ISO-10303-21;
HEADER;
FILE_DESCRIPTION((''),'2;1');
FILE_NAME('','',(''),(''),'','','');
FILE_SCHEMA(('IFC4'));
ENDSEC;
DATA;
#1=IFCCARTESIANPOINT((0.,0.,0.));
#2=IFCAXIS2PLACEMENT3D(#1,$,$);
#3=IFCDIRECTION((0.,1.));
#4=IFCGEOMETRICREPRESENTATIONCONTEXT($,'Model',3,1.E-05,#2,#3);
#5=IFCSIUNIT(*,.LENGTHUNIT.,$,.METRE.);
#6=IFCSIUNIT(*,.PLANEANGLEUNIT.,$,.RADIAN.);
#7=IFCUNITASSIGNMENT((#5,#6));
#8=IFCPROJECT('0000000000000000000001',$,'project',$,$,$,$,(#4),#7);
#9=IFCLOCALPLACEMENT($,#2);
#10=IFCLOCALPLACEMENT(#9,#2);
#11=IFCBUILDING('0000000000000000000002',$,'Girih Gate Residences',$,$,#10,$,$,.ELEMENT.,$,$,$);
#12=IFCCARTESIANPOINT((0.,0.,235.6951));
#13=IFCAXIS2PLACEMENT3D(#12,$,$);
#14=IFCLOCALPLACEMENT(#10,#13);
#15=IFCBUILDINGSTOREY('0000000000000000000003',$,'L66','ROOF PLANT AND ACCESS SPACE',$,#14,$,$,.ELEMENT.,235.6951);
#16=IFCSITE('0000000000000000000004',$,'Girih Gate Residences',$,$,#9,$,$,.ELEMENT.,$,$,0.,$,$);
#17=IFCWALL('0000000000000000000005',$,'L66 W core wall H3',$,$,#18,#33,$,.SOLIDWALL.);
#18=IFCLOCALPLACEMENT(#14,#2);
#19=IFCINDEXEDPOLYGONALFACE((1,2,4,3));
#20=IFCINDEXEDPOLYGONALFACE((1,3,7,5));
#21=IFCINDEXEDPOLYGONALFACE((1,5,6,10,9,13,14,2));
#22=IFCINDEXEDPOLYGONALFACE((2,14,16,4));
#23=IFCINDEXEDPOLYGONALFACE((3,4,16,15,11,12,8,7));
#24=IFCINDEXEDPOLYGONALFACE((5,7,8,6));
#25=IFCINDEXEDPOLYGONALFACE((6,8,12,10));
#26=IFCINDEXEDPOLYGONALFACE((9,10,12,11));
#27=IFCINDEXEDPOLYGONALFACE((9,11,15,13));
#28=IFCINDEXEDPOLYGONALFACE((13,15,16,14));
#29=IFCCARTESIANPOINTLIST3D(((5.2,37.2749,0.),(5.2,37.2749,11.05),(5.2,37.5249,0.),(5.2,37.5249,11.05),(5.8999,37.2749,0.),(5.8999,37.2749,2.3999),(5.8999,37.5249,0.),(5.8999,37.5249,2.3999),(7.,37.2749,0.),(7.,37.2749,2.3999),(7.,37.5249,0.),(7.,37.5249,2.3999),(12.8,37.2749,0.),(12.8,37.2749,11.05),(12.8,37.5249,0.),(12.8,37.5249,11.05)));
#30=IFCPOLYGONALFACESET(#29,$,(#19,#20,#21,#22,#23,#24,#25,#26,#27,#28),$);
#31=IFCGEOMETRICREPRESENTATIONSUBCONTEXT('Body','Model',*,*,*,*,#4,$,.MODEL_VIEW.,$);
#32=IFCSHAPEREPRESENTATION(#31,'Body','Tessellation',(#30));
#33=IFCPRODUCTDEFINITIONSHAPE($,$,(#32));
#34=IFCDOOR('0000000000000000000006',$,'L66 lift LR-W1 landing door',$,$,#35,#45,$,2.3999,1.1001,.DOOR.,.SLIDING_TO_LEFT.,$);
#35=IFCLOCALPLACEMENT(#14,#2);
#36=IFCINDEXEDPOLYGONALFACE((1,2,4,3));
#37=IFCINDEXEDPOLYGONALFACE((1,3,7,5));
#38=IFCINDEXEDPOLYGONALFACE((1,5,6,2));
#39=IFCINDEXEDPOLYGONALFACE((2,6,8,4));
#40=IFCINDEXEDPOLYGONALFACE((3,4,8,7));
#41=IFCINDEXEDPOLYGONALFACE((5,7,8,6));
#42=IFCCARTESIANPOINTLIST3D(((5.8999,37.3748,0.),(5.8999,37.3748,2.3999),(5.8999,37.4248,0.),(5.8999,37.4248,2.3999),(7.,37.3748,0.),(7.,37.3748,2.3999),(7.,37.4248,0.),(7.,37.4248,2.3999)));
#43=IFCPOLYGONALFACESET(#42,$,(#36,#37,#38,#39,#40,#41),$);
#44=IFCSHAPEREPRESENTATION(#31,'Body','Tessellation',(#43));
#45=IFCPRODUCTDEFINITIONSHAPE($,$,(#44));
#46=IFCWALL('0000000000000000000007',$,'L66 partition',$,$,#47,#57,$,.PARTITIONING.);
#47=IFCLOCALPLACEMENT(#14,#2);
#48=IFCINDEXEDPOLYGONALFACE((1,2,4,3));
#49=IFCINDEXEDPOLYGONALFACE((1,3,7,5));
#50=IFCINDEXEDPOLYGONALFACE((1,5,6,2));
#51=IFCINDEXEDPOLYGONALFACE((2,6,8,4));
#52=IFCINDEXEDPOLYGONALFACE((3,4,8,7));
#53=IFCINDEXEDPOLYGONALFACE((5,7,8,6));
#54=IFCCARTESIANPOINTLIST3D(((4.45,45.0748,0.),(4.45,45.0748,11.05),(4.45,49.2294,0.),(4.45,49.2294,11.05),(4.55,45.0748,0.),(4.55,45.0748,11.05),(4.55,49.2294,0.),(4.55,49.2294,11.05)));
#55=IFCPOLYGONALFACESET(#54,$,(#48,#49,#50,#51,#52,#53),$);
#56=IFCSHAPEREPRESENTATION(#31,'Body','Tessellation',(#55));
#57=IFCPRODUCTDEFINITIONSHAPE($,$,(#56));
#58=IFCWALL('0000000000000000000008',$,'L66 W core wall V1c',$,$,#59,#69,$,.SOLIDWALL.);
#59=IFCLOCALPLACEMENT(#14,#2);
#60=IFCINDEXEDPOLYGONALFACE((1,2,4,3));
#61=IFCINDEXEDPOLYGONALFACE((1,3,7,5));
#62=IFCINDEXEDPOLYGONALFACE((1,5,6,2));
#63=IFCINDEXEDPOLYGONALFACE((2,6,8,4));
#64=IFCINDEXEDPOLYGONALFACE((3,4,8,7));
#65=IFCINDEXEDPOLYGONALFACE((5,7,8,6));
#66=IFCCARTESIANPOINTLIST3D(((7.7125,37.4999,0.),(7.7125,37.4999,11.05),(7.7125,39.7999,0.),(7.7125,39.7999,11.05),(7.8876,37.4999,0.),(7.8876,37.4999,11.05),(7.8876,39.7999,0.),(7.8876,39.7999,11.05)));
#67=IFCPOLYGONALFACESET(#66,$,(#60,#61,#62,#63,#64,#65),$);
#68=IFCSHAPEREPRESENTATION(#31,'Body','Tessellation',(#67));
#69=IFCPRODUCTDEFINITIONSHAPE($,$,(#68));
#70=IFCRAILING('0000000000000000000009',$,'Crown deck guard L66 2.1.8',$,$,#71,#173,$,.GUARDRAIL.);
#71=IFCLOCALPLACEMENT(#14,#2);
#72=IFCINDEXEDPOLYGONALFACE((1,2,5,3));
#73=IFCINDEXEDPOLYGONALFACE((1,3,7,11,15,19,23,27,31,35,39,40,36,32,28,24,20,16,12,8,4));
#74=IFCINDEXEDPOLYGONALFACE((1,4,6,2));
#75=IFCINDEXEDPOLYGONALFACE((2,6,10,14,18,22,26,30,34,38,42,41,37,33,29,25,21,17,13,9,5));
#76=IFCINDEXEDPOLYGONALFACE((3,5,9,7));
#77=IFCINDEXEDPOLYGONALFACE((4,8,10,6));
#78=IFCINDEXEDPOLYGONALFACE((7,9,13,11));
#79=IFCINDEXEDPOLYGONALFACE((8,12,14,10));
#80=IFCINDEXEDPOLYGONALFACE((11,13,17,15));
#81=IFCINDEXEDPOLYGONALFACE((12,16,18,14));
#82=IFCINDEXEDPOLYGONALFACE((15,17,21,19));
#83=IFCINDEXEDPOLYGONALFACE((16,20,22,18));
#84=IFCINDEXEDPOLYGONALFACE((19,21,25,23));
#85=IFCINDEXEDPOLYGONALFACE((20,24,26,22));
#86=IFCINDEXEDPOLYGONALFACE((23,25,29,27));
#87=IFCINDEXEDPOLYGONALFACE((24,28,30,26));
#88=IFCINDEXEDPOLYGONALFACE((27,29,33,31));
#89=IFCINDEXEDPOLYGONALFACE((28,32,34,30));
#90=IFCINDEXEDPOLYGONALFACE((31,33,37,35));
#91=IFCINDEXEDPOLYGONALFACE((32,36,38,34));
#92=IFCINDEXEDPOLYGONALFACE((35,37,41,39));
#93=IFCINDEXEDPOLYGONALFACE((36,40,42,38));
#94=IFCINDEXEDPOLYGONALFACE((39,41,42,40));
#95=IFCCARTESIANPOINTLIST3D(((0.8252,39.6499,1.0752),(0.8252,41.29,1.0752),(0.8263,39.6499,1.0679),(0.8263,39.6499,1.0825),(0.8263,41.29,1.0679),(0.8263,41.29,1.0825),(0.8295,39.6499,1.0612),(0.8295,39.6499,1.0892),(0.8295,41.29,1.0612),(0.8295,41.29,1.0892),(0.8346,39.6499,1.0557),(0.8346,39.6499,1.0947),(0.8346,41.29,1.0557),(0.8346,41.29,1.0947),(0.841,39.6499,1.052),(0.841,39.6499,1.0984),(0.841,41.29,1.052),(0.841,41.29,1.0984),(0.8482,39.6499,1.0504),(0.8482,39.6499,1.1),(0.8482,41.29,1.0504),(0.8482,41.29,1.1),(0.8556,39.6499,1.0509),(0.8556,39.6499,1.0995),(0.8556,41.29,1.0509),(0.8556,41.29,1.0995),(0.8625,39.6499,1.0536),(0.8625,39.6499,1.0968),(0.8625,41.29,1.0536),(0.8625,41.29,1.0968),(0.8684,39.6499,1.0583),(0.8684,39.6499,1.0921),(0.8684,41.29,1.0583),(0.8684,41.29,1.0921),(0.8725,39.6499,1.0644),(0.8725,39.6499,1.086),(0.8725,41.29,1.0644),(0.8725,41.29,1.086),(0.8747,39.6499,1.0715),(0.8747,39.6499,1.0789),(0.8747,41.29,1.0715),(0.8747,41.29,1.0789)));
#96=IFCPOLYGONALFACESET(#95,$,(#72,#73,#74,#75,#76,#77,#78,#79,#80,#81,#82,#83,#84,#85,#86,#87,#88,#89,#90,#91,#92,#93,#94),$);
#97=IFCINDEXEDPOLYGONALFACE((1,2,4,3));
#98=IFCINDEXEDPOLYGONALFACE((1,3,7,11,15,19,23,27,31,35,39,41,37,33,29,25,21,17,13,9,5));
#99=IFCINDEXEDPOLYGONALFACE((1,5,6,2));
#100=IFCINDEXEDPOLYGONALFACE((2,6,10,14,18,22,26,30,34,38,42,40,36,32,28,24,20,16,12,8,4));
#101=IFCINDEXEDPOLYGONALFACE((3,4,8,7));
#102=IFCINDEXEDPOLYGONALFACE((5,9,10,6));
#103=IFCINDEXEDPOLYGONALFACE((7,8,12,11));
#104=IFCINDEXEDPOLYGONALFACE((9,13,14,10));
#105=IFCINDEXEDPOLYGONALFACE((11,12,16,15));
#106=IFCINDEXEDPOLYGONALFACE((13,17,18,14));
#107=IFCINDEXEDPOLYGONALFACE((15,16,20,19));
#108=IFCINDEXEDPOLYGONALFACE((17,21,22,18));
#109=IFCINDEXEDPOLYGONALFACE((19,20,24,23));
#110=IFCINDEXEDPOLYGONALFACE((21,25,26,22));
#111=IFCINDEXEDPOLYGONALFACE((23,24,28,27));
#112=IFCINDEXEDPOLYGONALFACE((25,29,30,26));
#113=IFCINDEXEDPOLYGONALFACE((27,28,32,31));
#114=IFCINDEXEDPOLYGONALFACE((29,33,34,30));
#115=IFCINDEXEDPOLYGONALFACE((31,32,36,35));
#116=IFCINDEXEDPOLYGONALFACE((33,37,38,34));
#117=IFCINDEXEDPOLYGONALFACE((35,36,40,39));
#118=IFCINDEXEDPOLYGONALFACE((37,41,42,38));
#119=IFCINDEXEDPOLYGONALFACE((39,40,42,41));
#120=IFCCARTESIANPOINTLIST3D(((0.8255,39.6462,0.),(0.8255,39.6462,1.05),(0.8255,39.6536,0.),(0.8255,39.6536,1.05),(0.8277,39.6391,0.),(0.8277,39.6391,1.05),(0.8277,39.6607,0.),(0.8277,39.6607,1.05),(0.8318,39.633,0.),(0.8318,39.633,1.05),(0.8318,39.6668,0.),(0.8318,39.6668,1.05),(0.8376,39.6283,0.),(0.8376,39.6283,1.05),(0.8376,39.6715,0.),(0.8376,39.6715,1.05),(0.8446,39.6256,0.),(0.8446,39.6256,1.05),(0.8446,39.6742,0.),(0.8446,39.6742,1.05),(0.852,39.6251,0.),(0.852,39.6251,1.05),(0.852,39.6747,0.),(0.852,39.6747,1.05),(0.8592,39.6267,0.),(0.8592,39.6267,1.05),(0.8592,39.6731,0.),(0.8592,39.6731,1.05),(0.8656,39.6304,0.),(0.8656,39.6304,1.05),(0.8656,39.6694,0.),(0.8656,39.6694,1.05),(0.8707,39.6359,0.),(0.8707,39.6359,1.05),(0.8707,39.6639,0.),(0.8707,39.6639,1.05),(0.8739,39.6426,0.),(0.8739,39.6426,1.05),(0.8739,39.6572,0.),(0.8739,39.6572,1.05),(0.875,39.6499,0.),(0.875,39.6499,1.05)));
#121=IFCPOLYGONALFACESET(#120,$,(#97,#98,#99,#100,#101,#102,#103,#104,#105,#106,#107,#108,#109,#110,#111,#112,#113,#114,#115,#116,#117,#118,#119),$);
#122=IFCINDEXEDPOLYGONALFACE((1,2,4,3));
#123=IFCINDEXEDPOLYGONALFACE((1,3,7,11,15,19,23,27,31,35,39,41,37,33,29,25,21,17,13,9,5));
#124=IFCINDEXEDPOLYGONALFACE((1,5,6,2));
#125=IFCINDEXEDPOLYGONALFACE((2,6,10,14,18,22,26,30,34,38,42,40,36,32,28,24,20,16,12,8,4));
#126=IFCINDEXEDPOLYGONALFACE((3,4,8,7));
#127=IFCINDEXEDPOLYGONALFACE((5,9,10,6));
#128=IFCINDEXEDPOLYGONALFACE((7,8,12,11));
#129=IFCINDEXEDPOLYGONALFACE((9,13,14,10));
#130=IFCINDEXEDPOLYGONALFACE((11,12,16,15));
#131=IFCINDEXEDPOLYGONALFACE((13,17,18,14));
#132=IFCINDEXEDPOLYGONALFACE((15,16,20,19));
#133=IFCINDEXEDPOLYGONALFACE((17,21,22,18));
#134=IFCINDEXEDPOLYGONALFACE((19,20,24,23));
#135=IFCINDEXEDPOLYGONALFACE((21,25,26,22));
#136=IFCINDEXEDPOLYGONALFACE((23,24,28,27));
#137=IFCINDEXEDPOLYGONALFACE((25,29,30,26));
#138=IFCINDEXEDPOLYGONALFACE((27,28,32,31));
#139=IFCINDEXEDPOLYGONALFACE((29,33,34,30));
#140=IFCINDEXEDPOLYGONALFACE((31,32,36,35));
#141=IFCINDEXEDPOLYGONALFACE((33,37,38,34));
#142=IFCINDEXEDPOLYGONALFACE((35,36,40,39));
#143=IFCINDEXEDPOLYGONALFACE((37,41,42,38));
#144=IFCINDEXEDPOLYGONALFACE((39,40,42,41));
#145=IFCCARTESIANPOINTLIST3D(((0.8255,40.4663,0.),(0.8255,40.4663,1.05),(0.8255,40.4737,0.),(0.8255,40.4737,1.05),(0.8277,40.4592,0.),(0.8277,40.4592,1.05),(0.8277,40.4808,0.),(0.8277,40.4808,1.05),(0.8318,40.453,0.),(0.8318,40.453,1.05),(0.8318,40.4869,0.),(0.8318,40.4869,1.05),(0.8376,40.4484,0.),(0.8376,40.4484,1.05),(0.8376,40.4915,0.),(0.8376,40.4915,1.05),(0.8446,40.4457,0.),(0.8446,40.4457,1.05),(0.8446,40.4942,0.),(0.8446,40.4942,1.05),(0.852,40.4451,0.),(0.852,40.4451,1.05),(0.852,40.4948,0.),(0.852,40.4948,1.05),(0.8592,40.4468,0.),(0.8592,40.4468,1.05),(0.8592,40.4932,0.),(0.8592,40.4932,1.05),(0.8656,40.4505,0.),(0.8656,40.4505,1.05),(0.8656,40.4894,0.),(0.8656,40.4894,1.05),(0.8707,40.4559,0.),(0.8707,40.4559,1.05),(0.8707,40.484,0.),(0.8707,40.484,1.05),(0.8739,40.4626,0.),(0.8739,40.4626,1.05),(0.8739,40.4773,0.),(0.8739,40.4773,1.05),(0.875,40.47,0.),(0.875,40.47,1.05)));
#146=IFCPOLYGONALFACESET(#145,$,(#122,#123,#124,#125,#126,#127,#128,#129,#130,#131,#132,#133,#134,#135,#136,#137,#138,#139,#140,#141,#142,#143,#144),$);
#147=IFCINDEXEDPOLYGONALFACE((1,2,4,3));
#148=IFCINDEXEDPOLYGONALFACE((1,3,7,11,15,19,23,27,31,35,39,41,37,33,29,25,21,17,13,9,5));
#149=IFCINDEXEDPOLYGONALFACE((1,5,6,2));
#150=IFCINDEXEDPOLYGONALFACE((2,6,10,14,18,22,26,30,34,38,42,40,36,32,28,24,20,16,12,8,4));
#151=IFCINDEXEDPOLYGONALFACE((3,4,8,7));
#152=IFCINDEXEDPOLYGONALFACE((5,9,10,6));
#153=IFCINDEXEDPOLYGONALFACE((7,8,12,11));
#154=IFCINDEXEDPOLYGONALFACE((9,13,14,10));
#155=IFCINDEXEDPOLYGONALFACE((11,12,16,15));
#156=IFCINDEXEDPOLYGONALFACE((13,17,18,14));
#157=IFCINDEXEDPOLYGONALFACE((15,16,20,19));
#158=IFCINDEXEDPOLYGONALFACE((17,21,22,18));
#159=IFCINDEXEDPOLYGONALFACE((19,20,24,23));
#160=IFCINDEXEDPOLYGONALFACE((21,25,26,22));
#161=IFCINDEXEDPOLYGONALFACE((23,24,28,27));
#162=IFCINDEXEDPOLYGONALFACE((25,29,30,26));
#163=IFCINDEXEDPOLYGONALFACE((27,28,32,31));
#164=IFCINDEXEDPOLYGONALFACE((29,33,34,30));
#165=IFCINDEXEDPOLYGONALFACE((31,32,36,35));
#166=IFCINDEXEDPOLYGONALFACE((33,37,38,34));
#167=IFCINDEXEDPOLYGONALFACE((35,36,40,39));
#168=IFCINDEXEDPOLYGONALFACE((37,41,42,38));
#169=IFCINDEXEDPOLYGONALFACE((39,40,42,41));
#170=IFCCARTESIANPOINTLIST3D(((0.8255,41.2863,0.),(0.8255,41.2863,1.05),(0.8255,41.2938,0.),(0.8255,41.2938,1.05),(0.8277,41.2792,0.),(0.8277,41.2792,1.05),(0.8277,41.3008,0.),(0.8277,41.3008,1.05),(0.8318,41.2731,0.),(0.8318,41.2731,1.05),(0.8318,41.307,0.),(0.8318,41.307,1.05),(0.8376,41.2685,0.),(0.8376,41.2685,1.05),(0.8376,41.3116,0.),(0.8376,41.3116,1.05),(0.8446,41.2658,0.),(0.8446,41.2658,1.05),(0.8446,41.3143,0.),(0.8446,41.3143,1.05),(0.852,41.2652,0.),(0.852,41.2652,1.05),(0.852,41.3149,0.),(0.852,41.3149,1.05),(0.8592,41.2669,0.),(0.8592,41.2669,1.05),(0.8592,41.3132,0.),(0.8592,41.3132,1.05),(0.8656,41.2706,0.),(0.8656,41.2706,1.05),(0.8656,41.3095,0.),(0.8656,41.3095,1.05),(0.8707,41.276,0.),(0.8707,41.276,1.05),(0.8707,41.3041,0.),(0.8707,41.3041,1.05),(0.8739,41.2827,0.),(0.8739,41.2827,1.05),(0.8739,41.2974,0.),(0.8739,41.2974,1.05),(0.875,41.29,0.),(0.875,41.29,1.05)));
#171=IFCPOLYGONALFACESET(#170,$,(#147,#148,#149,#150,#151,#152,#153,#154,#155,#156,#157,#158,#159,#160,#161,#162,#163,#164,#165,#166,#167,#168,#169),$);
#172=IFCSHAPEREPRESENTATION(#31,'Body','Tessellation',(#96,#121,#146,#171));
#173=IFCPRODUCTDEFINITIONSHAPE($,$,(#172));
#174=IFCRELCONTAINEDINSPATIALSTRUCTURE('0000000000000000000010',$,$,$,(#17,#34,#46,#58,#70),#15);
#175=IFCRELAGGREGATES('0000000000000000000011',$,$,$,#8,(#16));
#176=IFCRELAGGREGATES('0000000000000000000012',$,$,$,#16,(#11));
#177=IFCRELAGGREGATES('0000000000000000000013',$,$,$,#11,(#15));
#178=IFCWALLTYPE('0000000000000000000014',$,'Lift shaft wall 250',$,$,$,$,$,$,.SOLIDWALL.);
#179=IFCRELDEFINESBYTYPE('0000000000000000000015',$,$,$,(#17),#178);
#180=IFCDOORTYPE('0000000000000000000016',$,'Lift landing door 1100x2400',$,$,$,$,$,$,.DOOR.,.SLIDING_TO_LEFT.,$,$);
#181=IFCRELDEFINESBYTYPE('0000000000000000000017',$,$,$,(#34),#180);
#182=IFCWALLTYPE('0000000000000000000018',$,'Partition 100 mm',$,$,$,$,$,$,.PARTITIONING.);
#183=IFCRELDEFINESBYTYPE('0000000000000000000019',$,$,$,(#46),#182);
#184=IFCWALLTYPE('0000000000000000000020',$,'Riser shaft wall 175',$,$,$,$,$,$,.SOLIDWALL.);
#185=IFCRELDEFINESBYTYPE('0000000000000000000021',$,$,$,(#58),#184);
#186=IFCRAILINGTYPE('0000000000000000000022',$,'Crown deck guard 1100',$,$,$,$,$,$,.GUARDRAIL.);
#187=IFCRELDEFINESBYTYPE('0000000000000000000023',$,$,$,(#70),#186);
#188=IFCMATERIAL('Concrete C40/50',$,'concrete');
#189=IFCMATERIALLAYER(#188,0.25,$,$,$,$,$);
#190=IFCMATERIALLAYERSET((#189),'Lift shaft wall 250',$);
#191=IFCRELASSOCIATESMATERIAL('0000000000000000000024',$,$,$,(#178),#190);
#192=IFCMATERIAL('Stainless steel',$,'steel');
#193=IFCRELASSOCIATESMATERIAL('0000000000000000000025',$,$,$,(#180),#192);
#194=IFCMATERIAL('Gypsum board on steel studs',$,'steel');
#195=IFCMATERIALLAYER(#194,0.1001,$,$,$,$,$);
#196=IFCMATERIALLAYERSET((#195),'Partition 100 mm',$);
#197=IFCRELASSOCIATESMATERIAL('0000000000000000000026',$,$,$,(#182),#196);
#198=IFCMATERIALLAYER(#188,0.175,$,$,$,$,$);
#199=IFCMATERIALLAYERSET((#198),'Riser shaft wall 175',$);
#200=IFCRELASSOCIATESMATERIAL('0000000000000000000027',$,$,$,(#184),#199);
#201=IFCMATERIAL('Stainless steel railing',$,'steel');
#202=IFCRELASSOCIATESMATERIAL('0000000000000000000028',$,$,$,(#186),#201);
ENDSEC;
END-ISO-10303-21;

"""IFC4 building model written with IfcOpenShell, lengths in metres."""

from ifc_helpers import new_model, si_unit, direction, frame, frame_2d, origin, origin_2d, place, context, subcontext, project, spatial, rectangle, circle, extrude, material, layer, layer_set, type_object, element, fill, save


model = new_model("IFC4")

# Units and contexts
model_context = context("Model", 3, precision=1e-05, world=origin(), true_north=direction((0.0, 1.0)))
body_context = subcontext(model_context, "Body", "Model", "MODEL_VIEW")
ifc_project = project(units=[si_unit("LENGTHUNIT", "METRE"), si_unit("PLANEANGLEUNIT", "RADIAN")], contexts=[model_context])

# Site, building, storey
site_placement = place(None, origin())
site = spatial("IfcSite", under=ifc_project, at=site_placement, Name="Girih Gate Residences", CompositionType="ELEMENT", RefElevation=0.0)
building_placement = place(site_placement, origin())
building = spatial("IfcBuilding", under=site, at=building_placement, Name="Girih Gate Residences", CompositionType="ELEMENT")
storey_placement = place(building_placement, frame((0.0, 0.0, 235.6951)))
storey = spatial("IfcBuildingStorey", under=building, at=storey_placement, Name="L66", Description="ROOF PLANT AND ACCESS SPACE", CompositionType="ELEMENT", Elevation=235.6951)

# Shared definitions
ifc_material_1 = material(Name="Gypsum board on steel studs", Category="steel")

# Wall, opening, door
ifc_material_2 = material(Name="Concrete C40/50", Category="concrete")
ifc_layer_1 = layer(ifc_material_2, 0.25)
ifc_layer_set_1 = layer_set([ifc_layer_1], Name="Lift shaft wall 250")
wall_type_1 = type_object("IfcWallType", Name="Lift shaft wall 250", PredefinedType="SOLIDWALL", material=ifc_layer_set_1)
wall_1_placement = place(storey_placement, frame((5.2, 37.3999, 0.0), z_axis=(0.0, 0.0, 1.0), x_axis=(1.0, 0.0, 0.0)))
wall_1 = element("IfcWall", 1, at=wall_1_placement, inside=storey, type_object=wall_type_1, Name="L66 W core wall H3", PredefinedType="SOLIDWALL", context=body_context, shape_type="SweptSolid", body=[
    extrude(rectangle(XDim=7.6001, YDim=0.25, at=frame_2d((3.8, 0.0))), origin(), (0.0, 0.0, 1.0), 11.05),
])
opening_1_placement = place(wall_1_placement, frame((0.7, 0.0, 0.0)))
opening_1 = element("IfcOpeningElement", 2, at=opening_1_placement, cuts=wall_1, PredefinedType="OPENING", context=body_context, shape_type="SweptSolid", body=[
    extrude(rectangle(XDim=1.1001, YDim=2.3999, at=frame_2d((0.55, 1.2))), frame((0.0, 0.135, 0.0), z_axis=(0.0, -1.0, 0.0), x_axis=(1.0, 0.0, 0.0)), (0.0, 0.0, 1.0), 0.27),
])
ifc_material_3 = material(Name="Stainless steel", Category="steel")
door_type_1 = type_object("IfcDoorType", Name="Lift landing door 1100x2400", OperationType="SLIDING_TO_LEFT", PredefinedType="DOOR", material=ifc_material_3)
door_1_placement = place(opening_1_placement, origin())
door_1 = element("IfcDoor", 3, at=door_1_placement, inside=storey, type_object=door_type_1, Name="L66 lift LR-W1 landing door", OperationType="SLIDING_TO_LEFT", OverallHeight=2.3999, OverallWidth=1.1001, PredefinedType="DOOR", context=body_context, shape_type="SweptSolid", body=[
    extrude(rectangle(XDim=1.1001, YDim=2.3999, at=frame_2d((0.55, 1.2))), frame((0.0, 0.0249, 0.0), z_axis=(0.0, -1.0, 0.0), x_axis=(1.0, 0.0, 0.0)), (0.0, 0.0, 1.0), 0.05),
])
fill(opening_1, door_1)

# Walls
ifc_layer_2 = layer(ifc_material_1, 0.1001)
ifc_layer_set_2 = layer_set([ifc_layer_2], Name="Partition 100 mm")
wall_type_2 = type_object("IfcWallType", Name="Partition 100 mm", PredefinedType="PARTITIONING", material=ifc_layer_set_2)
wall_2_placement = place(storey_placement, frame((4.5, 45.075, 0.0), z_axis=(0.0, 0.0, 1.0), x_axis=(0.0, 1.0, 0.0)))
element("IfcWall", 4, at=wall_2_placement, inside=storey, type_object=wall_type_2, Name="L66 partition", PredefinedType="PARTITIONING", context=body_context, shape_type="SweptSolid", body=[
    extrude(rectangle(XDim=4.1545, YDim=0.1001, at=frame_2d((2.0771, 0.0))), origin(), (0.0, 0.0, 1.0), 11.05),
])
ifc_layer_3 = layer(ifc_material_2, 0.175)
ifc_layer_set_3 = layer_set([ifc_layer_3], Name="Riser shaft wall 175")
wall_type_3 = type_object("IfcWallType", Name="Riser shaft wall 175", PredefinedType="SOLIDWALL", material=ifc_layer_set_3)
wall_3_placement = place(storey_placement, frame((7.8, 37.5, 0.0), z_axis=(0.0, 0.0, 1.0), x_axis=(0.0, 1.0, 0.0)))
element("IfcWall", 5, at=wall_3_placement, inside=storey, type_object=wall_type_3, Name="L66 W core wall V1c", PredefinedType="SOLIDWALL", context=body_context, shape_type="SweptSolid", body=[
    extrude(rectangle(XDim=2.3, YDim=0.175, at=frame_2d((1.1499, 0.0))), origin(), (0.0, 0.0, 1.0), 11.05),
])

# Railing
ifc_material_4 = material(Name="Stainless steel railing", Category="steel")
railing_type = type_object("IfcRailingType", Name="Crown deck guard 1100", PredefinedType="GUARDRAIL", material=ifc_material_4)
railing_1_placement = place(storey_placement, frame((0.8501, 39.6499, 0.0)))
element("IfcRailing", 6, at=railing_1_placement, inside=storey, type_object=railing_type, Name="Crown deck guard L66 2.1.8", PredefinedType="GUARDRAIL", context=body_context, shape_type="SweptSolid", body=[
    extrude(circle(Radius=0.0249, at=origin_2d()), frame((0.0, 0.0, 1.0752), z_axis=(0.0, 1.0, 0.0), x_axis=(-1.0, 0.0, 0.0)), (0.0, 0.0, 1.0), 1.6401),
    extrude(circle(Radius=0.0249, at=origin_2d()), origin(), (0.0, 0.0, 1.0), 1.05),
    extrude(circle(Radius=0.0249, at=origin_2d()), frame((0.0, 0.8201, 0.0)), (0.0, 0.0, 1.0), 1.05),
    extrude(circle(Radius=0.0249, at=origin_2d()), frame((0.0, 1.6401, 0.0)), (0.0, 0.0, 1.0), 1.05),
])

save(model, "model.ifc")
